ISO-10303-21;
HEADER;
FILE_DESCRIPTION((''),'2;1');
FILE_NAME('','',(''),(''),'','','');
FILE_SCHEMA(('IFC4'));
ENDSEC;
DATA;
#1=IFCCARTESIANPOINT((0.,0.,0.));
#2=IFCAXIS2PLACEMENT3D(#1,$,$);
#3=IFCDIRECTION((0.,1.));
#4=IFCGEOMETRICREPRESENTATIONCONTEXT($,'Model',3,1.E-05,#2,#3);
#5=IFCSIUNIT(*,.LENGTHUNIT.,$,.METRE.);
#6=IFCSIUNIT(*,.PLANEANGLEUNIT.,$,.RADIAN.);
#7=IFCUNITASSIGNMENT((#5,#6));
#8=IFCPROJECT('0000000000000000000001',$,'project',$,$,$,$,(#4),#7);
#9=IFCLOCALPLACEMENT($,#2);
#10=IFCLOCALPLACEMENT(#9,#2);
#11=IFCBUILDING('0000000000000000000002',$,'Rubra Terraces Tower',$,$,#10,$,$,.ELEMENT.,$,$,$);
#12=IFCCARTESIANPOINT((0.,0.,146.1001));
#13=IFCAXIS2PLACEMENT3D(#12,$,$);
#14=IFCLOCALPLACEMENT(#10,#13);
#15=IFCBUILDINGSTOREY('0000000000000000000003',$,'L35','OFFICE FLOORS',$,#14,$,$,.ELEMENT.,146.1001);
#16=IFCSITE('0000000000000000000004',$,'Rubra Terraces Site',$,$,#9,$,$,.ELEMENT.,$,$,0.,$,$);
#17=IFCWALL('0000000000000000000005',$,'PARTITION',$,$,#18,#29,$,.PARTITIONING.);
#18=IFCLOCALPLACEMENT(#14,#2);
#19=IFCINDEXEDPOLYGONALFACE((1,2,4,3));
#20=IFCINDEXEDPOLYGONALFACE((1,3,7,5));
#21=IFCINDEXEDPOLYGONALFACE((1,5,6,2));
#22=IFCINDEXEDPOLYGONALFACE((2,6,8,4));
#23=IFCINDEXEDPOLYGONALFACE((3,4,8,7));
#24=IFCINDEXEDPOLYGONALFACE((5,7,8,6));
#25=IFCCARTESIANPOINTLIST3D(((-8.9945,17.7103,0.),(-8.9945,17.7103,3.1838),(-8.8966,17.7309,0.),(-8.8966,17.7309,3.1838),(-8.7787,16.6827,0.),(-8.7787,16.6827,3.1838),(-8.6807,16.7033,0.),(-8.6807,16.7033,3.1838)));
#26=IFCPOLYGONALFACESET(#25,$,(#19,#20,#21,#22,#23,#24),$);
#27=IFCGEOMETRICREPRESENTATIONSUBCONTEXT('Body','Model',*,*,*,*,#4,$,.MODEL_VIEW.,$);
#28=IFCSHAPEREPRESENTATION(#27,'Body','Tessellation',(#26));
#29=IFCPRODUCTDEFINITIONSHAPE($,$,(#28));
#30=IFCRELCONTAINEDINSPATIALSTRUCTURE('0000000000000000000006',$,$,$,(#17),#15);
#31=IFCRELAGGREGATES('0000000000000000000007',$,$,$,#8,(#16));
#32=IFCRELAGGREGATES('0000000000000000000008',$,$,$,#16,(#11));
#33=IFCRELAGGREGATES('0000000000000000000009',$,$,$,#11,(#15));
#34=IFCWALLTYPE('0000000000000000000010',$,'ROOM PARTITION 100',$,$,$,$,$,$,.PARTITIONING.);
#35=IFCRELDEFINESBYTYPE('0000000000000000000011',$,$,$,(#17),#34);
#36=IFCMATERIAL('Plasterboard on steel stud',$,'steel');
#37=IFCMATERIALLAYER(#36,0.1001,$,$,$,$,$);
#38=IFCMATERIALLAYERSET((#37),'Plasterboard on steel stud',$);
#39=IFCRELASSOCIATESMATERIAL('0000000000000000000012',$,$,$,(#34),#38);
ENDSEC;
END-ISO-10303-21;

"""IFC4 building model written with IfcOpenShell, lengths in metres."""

from ifc_helpers import new_model, si_unit, direction, frame, frame_2d, origin, place, context, subcontext, project, spatial, rectangle, extrude, material, layer, layer_set, type_object, element, save


model = new_model("IFC4")

# Units and contexts
model_context = context("Model", 3, precision=1e-05, world=origin(), true_north=direction((0.0, 1.0)))
body_context = subcontext(model_context, "Body", "Model", "MODEL_VIEW")
ifc_project = project(units=[si_unit("LENGTHUNIT", "METRE"), si_unit("PLANEANGLEUNIT", "RADIAN")], contexts=[model_context])

# Site, building, storey
site_placement = place(None, origin())
site = spatial("IfcSite", under=ifc_project, at=site_placement, Name="Rubra Terraces Site", CompositionType="ELEMENT", RefElevation=0.0)
building_placement = place(site_placement, origin())
building = spatial("IfcBuilding", under=site, at=building_placement, Name="Rubra Terraces Tower", CompositionType="ELEMENT")
storey_placement = place(building_placement, frame((0.0, 0.0, 146.1001)))
storey = spatial("IfcBuildingStorey", under=building, at=storey_placement, Name="L35", Description="OFFICE FLOORS", CompositionType="ELEMENT", Elevation=146.1001)

# Wall
ifc_material_1 = material(Name="Plasterboard on steel stud", Category="steel")
ifc_layer_1 = layer(ifc_material_1, 0.1001)
ifc_layer_set_1 = layer_set([ifc_layer_1], Name="Plasterboard on steel stud")
wall_type_1 = type_object("IfcWallType", Name="ROOM PARTITION 100", PredefinedType="PARTITIONING", material=ifc_layer_set_1)
wall_1_placement = place(storey_placement, frame((-8.7297, 16.6931, 0.0), z_axis=(0.0, 0.0, 1.0), x_axis=(-0.205542, 0.978648, 0.0)))
element("IfcWall", 1, at=wall_1_placement, inside=storey, type_object=wall_type_1, Name="PARTITION", PredefinedType="PARTITIONING", context=body_context, shape_type="SweptSolid", body=[
    extrude(rectangle(XDim=1.05, YDim=0.1001, at=frame_2d((0.5249, 0.0))), origin(), (0.0, 0.0, 1.0), 3.1838),
])

save(model, "model.ifc")
